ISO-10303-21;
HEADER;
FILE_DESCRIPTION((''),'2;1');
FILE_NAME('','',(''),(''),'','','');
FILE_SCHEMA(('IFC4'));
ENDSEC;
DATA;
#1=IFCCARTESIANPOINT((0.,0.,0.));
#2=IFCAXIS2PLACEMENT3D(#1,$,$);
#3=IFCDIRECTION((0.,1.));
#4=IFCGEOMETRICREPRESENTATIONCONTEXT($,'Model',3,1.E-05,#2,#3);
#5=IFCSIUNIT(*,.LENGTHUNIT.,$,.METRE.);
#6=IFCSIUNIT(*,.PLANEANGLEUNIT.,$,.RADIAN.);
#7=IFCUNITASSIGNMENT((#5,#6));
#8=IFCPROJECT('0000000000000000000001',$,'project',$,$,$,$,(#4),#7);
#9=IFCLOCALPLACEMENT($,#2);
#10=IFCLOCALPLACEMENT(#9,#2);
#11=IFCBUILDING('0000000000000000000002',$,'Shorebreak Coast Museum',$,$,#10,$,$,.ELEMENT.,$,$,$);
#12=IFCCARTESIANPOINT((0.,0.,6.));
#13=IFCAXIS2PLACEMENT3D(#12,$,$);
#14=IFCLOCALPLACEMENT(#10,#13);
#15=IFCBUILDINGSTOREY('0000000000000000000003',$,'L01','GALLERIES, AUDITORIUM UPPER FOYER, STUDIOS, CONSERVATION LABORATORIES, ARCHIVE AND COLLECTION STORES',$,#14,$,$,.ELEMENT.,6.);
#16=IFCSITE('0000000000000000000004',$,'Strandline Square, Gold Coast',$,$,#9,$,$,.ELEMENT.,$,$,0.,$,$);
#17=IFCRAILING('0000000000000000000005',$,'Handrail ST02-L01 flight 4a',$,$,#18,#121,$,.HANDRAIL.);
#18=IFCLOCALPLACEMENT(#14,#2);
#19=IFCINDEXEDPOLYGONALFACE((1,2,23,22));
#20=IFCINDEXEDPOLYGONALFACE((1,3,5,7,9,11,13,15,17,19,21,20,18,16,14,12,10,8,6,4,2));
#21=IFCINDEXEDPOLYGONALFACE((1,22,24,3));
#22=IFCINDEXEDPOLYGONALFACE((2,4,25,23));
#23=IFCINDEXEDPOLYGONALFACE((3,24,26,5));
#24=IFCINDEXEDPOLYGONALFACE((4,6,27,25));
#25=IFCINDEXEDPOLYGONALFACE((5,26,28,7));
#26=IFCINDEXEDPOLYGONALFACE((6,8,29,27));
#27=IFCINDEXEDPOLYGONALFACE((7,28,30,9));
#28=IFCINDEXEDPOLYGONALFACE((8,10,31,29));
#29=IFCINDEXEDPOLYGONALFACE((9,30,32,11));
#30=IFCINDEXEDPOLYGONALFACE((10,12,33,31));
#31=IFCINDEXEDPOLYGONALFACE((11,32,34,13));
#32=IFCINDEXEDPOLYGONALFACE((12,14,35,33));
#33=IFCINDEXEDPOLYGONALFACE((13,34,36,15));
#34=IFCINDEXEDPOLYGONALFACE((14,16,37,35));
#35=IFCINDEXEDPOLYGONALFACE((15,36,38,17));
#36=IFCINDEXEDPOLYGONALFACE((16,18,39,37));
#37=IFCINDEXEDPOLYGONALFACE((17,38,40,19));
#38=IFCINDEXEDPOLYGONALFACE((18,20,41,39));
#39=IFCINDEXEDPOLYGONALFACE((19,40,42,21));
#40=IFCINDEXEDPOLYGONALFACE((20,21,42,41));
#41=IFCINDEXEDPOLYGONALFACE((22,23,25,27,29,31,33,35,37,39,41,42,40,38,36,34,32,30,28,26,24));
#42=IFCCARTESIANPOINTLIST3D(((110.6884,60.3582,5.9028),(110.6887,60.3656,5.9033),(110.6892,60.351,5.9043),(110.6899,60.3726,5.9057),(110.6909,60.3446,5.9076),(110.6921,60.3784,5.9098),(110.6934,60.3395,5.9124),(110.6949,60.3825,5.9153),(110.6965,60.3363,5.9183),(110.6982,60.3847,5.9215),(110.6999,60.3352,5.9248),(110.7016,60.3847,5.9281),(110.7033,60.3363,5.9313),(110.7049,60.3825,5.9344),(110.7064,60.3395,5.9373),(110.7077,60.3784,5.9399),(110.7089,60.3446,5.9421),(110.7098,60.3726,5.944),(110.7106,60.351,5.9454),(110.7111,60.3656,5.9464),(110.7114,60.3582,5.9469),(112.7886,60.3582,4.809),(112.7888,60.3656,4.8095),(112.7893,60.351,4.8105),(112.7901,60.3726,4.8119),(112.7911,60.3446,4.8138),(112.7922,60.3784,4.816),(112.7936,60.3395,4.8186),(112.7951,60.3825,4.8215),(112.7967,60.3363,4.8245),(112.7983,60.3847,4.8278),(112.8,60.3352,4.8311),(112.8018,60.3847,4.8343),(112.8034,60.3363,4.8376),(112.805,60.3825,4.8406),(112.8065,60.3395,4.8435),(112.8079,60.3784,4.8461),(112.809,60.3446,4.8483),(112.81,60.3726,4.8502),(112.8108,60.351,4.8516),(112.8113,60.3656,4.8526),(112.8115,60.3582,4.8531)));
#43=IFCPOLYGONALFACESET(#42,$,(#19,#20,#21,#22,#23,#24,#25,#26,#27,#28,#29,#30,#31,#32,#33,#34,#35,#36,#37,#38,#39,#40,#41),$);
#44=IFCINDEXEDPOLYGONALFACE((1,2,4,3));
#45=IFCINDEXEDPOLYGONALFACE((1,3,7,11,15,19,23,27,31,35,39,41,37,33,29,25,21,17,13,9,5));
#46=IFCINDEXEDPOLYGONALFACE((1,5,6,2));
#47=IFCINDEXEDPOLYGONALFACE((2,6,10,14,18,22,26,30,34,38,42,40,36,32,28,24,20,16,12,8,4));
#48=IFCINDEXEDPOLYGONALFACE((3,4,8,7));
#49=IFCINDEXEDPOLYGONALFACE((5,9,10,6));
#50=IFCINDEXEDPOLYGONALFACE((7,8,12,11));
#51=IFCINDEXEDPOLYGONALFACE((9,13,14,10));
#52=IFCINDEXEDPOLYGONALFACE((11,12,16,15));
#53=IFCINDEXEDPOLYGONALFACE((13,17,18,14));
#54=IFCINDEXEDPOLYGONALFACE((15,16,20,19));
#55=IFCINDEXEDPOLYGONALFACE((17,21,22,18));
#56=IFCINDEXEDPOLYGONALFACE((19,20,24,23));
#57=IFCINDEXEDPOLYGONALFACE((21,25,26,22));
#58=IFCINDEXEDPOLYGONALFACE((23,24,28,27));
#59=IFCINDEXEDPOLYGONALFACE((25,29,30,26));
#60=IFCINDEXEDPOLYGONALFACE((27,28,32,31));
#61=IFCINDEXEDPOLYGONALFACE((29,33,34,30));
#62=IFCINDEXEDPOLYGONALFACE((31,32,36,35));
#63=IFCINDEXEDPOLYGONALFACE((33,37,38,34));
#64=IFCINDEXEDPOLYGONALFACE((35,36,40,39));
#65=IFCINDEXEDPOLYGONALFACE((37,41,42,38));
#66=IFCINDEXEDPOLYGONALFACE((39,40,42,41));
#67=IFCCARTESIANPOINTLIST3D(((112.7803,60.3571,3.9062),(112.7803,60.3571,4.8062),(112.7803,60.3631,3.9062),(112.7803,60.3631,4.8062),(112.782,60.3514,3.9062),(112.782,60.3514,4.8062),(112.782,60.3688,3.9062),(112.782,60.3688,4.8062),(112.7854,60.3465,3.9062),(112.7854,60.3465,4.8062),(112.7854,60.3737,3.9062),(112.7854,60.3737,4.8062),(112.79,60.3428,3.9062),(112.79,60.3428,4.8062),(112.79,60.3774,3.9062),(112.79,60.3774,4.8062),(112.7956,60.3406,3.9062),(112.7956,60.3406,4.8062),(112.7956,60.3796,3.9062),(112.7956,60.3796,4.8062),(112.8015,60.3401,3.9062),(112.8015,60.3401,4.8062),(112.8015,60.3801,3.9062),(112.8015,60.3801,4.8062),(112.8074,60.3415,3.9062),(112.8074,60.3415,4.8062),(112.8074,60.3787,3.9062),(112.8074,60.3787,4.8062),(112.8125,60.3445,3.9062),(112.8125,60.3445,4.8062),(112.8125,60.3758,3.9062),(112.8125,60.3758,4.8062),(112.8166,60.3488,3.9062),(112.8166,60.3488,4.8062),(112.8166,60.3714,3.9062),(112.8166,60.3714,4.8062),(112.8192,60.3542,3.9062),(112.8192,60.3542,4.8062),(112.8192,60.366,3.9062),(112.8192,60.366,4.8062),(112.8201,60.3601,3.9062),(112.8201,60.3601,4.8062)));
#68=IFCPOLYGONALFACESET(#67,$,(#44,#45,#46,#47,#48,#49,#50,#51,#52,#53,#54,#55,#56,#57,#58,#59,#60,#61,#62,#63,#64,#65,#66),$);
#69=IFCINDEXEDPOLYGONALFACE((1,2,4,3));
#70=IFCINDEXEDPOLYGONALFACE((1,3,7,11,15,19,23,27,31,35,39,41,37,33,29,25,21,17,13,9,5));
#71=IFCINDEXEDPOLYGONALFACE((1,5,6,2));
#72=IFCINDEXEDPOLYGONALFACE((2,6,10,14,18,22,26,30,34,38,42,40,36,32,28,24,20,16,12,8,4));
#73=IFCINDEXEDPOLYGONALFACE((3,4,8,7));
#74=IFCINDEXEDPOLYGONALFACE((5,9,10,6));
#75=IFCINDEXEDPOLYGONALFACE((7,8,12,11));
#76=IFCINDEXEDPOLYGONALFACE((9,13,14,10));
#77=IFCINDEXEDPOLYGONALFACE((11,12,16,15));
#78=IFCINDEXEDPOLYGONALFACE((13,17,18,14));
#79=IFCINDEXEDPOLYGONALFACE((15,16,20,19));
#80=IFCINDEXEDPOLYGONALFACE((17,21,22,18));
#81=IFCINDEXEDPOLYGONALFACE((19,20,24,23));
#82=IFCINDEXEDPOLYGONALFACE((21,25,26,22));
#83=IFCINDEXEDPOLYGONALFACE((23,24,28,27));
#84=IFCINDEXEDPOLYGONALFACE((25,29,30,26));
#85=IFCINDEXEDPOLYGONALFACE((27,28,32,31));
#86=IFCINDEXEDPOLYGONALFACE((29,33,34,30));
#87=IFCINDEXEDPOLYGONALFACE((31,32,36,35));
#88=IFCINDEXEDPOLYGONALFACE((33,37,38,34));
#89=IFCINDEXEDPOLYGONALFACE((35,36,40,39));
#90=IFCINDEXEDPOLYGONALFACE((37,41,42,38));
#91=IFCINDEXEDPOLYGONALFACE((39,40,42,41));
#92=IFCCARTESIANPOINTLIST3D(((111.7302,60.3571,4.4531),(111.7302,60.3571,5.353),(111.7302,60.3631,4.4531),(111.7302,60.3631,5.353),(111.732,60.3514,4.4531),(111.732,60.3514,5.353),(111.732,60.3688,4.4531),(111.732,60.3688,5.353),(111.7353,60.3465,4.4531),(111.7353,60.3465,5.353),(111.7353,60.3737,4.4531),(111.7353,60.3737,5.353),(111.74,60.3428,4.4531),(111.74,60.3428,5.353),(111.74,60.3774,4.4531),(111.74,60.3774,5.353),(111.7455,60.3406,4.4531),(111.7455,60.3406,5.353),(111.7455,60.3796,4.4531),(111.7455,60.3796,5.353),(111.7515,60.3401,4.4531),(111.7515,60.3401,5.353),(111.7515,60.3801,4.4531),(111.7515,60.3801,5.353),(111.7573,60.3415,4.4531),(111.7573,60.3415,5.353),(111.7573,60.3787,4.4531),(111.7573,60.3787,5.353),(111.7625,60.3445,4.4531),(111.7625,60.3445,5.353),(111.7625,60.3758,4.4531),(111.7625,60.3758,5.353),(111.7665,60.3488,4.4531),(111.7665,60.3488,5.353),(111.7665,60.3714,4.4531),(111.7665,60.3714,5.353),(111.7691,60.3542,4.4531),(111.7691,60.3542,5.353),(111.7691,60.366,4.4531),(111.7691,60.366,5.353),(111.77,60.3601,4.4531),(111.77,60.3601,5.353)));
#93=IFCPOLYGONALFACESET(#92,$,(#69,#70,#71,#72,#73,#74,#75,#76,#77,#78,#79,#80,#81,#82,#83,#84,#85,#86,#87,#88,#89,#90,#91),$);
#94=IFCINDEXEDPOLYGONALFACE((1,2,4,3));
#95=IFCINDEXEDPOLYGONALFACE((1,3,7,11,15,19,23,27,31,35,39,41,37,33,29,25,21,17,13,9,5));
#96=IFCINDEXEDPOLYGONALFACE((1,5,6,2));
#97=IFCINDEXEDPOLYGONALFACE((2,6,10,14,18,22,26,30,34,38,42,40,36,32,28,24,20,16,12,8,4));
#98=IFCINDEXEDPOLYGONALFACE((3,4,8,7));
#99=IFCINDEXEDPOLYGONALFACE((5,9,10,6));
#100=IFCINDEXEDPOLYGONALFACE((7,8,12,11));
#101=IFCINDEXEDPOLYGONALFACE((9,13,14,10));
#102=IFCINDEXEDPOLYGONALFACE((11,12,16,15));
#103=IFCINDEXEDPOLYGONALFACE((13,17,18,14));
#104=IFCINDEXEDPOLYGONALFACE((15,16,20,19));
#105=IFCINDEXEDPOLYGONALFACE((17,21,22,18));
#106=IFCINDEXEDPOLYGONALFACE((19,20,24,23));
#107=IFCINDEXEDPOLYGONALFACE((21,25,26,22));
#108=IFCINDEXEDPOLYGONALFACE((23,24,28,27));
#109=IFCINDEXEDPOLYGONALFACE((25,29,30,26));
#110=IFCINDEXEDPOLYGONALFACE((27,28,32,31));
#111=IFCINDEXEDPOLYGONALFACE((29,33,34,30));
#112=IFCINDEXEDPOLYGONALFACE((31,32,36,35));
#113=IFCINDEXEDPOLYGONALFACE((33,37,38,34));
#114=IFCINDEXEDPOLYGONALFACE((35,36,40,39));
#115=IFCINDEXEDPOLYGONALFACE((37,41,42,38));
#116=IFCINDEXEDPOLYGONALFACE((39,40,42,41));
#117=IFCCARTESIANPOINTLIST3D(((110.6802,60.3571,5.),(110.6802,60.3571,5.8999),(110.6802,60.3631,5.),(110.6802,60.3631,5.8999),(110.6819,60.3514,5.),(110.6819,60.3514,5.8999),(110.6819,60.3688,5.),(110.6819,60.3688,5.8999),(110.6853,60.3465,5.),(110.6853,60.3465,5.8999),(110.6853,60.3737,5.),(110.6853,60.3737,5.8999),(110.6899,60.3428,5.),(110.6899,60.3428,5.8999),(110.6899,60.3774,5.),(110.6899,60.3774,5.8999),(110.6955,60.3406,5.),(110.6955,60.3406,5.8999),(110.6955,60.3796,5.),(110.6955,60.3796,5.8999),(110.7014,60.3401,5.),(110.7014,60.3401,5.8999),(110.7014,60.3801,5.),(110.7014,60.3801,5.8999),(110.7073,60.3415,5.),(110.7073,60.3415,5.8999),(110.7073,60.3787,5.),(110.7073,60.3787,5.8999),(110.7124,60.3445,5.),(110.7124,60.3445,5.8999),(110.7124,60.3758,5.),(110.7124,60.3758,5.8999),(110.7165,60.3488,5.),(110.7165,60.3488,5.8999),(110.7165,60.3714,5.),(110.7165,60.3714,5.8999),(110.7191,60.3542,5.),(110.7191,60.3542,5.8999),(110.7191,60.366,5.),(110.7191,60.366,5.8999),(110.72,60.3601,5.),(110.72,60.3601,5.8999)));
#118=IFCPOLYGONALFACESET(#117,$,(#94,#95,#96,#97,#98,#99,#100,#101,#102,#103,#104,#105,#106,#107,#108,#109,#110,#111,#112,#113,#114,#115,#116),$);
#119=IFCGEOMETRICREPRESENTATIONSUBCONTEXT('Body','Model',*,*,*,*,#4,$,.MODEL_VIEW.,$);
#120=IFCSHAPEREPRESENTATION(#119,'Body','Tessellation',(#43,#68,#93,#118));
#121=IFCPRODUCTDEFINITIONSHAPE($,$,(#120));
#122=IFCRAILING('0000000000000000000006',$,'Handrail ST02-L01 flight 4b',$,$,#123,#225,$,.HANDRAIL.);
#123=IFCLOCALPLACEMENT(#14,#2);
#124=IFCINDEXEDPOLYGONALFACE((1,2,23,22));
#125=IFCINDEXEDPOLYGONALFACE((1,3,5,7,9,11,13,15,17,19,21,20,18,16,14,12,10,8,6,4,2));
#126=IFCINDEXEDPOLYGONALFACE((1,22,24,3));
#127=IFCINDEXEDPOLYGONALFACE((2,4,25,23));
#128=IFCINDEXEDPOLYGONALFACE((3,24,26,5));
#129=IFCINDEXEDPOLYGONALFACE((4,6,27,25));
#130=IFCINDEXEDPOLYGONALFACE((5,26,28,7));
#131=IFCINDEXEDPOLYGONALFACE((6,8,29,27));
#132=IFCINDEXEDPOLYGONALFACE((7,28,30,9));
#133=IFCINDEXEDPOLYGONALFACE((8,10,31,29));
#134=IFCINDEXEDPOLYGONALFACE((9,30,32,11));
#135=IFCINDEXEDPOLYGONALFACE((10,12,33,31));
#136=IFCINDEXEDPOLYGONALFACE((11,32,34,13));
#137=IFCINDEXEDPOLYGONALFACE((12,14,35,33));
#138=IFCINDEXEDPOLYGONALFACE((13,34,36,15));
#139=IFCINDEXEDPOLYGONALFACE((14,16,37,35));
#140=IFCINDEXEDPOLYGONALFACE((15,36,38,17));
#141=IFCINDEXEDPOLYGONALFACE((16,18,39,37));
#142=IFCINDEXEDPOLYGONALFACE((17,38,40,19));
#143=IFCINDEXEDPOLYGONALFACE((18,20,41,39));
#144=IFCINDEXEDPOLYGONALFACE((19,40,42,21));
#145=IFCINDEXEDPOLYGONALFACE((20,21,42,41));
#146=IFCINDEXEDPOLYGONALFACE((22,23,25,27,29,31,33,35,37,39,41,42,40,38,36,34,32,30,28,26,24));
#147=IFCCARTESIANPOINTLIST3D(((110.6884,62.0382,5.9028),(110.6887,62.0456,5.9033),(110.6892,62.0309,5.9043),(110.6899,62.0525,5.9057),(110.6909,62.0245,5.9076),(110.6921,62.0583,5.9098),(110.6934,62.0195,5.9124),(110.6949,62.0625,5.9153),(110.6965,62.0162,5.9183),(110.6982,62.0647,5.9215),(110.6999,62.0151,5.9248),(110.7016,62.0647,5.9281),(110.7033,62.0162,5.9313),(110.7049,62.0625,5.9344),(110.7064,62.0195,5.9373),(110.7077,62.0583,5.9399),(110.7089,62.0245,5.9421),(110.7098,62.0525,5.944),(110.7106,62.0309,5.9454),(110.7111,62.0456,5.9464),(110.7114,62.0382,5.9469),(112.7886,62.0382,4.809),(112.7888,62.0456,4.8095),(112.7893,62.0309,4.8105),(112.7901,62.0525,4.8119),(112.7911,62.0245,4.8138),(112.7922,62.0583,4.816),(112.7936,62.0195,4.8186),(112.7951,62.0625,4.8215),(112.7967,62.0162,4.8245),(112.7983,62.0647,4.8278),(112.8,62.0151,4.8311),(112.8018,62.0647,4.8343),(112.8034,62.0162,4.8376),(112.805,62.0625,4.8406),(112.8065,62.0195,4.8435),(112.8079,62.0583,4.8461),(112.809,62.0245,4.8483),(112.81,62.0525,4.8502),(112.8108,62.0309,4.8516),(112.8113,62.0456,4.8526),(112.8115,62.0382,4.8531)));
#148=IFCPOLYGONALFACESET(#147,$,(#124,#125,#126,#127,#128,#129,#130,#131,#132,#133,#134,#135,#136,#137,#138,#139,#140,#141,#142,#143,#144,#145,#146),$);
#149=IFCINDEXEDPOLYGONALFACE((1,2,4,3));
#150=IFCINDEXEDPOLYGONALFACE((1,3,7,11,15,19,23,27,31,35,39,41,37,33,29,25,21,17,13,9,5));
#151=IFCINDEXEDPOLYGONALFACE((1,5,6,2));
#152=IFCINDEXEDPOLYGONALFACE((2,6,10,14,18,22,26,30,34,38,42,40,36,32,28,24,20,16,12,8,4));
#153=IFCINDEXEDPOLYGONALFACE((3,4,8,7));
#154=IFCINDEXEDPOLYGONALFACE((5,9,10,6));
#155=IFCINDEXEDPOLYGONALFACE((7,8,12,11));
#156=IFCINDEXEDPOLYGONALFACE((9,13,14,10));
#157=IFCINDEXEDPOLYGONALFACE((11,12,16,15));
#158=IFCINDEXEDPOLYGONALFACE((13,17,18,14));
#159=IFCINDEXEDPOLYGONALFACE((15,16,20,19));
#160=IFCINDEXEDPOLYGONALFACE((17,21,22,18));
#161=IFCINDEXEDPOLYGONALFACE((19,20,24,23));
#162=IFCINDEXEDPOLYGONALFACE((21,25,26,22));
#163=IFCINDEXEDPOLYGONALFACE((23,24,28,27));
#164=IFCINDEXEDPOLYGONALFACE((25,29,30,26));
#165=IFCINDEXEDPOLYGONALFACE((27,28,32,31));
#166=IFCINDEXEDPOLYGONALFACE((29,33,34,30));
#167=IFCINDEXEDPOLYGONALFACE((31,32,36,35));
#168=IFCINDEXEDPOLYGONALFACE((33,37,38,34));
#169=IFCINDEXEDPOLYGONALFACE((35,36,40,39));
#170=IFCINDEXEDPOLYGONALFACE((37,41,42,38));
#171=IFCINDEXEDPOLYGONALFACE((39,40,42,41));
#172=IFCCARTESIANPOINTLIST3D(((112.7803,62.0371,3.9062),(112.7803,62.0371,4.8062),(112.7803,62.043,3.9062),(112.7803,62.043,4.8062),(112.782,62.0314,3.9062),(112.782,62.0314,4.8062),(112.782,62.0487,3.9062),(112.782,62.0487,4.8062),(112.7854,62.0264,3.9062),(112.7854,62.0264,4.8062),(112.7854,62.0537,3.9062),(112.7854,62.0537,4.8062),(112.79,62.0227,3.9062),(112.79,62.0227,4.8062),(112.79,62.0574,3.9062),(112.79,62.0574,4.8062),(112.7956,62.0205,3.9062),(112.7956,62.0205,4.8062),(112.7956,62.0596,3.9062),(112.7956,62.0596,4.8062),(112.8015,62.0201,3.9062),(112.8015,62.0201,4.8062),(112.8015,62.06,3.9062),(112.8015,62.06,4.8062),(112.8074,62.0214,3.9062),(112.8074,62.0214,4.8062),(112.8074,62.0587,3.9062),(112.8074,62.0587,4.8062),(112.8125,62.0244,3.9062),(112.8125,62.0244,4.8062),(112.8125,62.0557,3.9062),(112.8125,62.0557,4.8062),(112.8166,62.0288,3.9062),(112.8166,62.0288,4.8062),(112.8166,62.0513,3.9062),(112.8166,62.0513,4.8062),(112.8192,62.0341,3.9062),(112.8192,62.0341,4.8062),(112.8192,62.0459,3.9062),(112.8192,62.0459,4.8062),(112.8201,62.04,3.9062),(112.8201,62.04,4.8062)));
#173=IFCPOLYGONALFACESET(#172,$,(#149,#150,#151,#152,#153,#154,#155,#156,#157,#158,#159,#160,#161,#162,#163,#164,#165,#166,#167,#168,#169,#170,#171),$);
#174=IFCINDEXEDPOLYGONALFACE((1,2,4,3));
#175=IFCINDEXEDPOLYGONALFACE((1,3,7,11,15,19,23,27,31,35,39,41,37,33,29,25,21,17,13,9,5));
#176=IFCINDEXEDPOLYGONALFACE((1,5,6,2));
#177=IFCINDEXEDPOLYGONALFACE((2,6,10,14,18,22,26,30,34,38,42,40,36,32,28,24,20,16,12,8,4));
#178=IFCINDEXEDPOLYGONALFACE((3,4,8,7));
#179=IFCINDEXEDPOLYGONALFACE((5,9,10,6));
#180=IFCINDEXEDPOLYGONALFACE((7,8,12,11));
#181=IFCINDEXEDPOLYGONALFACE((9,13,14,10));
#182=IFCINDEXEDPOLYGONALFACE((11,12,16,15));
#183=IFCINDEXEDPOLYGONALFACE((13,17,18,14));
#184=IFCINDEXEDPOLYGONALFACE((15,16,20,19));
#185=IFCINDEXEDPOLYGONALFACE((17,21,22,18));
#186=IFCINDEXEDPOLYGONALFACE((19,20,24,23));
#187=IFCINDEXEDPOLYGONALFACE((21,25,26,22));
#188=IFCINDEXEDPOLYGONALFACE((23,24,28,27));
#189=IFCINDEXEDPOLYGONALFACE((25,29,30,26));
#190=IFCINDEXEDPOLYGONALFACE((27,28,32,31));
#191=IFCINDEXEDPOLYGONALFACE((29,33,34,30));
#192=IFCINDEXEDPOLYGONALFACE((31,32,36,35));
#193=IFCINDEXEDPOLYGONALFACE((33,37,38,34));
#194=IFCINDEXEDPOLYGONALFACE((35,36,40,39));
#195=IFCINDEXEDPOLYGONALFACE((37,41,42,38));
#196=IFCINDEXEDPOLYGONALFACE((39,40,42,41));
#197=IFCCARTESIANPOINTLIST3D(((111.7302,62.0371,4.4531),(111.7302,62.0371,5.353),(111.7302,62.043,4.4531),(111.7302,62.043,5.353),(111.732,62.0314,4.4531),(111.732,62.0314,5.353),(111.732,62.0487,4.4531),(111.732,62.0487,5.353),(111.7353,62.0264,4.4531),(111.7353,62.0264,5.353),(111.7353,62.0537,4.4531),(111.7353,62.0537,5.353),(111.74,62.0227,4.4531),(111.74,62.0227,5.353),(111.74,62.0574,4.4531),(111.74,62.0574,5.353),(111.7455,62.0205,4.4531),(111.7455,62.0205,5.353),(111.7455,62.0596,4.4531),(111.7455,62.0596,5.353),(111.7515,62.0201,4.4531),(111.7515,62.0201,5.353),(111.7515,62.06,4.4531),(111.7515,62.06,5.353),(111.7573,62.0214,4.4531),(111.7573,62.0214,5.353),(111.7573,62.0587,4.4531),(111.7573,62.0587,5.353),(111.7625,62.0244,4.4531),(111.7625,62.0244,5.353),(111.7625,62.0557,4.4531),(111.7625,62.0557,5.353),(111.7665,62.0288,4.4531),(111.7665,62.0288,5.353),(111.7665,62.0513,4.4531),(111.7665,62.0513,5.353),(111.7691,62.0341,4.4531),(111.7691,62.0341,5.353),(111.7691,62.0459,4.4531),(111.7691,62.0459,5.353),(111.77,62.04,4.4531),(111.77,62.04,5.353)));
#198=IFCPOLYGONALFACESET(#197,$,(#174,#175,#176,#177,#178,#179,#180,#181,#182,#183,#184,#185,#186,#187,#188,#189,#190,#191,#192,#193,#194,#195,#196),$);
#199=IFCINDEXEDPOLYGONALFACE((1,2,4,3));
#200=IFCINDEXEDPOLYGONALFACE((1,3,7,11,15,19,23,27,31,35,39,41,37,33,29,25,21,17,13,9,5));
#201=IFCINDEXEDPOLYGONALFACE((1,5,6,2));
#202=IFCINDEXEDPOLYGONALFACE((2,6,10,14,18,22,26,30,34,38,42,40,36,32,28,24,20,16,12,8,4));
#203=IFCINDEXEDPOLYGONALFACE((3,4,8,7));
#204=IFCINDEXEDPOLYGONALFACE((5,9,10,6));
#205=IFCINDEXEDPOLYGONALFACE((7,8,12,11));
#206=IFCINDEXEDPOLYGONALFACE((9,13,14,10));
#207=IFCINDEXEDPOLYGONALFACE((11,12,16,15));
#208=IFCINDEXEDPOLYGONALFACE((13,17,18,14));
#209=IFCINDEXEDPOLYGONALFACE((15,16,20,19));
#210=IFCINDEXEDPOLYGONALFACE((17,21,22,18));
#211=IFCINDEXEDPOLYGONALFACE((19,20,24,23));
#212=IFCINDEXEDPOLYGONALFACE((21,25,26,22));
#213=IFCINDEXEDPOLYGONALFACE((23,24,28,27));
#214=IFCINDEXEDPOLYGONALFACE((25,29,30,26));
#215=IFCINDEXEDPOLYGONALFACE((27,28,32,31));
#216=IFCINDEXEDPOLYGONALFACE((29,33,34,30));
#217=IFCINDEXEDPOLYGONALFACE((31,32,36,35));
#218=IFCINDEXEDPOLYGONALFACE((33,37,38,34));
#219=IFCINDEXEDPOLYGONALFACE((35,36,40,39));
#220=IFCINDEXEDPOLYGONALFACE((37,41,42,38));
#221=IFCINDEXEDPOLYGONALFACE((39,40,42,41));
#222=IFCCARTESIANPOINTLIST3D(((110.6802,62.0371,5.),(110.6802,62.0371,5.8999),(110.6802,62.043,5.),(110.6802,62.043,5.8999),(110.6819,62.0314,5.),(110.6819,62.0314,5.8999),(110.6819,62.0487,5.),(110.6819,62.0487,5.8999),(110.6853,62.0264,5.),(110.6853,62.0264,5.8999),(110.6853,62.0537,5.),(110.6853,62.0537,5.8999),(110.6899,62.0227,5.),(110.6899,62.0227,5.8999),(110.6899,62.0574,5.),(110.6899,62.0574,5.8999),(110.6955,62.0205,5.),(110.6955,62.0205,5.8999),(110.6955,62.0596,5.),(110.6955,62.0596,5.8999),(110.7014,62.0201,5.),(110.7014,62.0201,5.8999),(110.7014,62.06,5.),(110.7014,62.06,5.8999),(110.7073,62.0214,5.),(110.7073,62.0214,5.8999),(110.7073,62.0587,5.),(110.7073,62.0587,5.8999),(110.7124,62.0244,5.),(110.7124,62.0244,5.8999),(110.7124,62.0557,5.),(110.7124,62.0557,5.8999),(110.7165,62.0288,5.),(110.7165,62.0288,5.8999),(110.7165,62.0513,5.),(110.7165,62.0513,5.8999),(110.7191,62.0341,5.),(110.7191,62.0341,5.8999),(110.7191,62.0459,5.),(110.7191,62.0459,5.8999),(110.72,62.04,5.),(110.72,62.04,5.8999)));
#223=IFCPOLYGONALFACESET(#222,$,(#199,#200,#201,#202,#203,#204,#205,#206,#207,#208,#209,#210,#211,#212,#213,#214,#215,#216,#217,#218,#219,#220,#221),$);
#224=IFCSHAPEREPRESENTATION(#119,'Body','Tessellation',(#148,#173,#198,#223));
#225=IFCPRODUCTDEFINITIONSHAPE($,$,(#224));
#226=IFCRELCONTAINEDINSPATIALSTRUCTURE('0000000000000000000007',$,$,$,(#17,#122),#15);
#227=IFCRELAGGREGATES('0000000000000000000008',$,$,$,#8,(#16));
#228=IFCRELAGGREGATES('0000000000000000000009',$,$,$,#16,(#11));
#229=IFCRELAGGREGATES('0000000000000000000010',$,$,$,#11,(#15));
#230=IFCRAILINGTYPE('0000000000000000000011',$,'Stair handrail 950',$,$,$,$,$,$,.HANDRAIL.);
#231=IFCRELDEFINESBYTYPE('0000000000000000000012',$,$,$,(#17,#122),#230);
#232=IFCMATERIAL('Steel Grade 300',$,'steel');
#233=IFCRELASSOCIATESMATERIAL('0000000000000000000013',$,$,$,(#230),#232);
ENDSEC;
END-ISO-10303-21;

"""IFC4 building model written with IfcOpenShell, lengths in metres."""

from ifc_helpers import new_model, si_unit, direction, frame, origin, origin_2d, place, context, subcontext, project, spatial, circle, extrude, material, type_object, element, save


model = new_model("IFC4")

# Units and contexts
model_context = context("Model", 3, precision=1e-05, world=origin(), true_north=direction((0.0, 1.0)))
body_context = subcontext(model_context, "Body", "Model", "MODEL_VIEW")
ifc_project = project(units=[si_unit("LENGTHUNIT", "METRE"), si_unit("PLANEANGLEUNIT", "RADIAN")], contexts=[model_context])

# Site, building, storey
site_placement = place(None, origin())
site = spatial("IfcSite", under=ifc_project, at=site_placement, Name="Strandline Square, Gold Coast", CompositionType="ELEMENT", RefElevation=0.0)
building_placement = place(site_placement, origin())
building = spatial("IfcBuilding", under=site, at=building_placement, Name="Shorebreak Coast Museum", CompositionType="ELEMENT")
storey_placement = place(building_placement, frame((0.0, 0.0, 6.0)))
storey = spatial("IfcBuildingStorey", under=building, at=storey_placement, Name="L01", Description="GALLERIES, AUDITORIUM UPPER FOYER, STUDIOS, CONSERVATION LABORATORIES, ARCHIVE AND COLLECTION STORES", CompositionType="ELEMENT", Elevation=6.0)

# Railings
ifc_material_1 = material(Name="Steel Grade 300", Category="steel")
railing_type_1 = type_object("IfcRailingType", Name="Stair handrail 950", PredefinedType="HANDRAIL", material=ifc_material_1)
for number, where, name in (
    (1, (112.8, 60.3601, 3.9062), "Handrail ST02-L01 flight 4a"),
    (2, (112.8, 62.04, 3.9062), "Handrail ST02-L01 flight 4b"),
):
    element("IfcRailing", number, at=place(storey_placement, frame(where)), inside=storey, type_object=railing_type_1, Name=name, PredefinedType="HANDRAIL", context=body_context, shape_type="SweptSolid", body=[
        extrude(circle(Radius=0.0249, at=origin_2d()), frame((0.0, 0.0, 0.9248), z_axis=(-0.886923, 0.0, 0.461918), x_axis=(0.0, -1.0, 0.0)), (0.0, 0.0, 1.0), 2.3679),
        extrude(circle(Radius=0.02, at=origin_2d()), origin(), (0.0, 0.0, 1.0), 0.8999),
        extrude(circle(Radius=0.02, at=origin_2d()), frame((-1.05, 0.0, 0.5469)), (0.0, 0.0, 1.0), 0.8999),
        extrude(circle(Radius=0.02, at=origin_2d()), frame((-2.1001, 0.0, 1.0938)), (0.0, 0.0, 1.0), 0.8999),
    ])

save(model, "model.ifc")
